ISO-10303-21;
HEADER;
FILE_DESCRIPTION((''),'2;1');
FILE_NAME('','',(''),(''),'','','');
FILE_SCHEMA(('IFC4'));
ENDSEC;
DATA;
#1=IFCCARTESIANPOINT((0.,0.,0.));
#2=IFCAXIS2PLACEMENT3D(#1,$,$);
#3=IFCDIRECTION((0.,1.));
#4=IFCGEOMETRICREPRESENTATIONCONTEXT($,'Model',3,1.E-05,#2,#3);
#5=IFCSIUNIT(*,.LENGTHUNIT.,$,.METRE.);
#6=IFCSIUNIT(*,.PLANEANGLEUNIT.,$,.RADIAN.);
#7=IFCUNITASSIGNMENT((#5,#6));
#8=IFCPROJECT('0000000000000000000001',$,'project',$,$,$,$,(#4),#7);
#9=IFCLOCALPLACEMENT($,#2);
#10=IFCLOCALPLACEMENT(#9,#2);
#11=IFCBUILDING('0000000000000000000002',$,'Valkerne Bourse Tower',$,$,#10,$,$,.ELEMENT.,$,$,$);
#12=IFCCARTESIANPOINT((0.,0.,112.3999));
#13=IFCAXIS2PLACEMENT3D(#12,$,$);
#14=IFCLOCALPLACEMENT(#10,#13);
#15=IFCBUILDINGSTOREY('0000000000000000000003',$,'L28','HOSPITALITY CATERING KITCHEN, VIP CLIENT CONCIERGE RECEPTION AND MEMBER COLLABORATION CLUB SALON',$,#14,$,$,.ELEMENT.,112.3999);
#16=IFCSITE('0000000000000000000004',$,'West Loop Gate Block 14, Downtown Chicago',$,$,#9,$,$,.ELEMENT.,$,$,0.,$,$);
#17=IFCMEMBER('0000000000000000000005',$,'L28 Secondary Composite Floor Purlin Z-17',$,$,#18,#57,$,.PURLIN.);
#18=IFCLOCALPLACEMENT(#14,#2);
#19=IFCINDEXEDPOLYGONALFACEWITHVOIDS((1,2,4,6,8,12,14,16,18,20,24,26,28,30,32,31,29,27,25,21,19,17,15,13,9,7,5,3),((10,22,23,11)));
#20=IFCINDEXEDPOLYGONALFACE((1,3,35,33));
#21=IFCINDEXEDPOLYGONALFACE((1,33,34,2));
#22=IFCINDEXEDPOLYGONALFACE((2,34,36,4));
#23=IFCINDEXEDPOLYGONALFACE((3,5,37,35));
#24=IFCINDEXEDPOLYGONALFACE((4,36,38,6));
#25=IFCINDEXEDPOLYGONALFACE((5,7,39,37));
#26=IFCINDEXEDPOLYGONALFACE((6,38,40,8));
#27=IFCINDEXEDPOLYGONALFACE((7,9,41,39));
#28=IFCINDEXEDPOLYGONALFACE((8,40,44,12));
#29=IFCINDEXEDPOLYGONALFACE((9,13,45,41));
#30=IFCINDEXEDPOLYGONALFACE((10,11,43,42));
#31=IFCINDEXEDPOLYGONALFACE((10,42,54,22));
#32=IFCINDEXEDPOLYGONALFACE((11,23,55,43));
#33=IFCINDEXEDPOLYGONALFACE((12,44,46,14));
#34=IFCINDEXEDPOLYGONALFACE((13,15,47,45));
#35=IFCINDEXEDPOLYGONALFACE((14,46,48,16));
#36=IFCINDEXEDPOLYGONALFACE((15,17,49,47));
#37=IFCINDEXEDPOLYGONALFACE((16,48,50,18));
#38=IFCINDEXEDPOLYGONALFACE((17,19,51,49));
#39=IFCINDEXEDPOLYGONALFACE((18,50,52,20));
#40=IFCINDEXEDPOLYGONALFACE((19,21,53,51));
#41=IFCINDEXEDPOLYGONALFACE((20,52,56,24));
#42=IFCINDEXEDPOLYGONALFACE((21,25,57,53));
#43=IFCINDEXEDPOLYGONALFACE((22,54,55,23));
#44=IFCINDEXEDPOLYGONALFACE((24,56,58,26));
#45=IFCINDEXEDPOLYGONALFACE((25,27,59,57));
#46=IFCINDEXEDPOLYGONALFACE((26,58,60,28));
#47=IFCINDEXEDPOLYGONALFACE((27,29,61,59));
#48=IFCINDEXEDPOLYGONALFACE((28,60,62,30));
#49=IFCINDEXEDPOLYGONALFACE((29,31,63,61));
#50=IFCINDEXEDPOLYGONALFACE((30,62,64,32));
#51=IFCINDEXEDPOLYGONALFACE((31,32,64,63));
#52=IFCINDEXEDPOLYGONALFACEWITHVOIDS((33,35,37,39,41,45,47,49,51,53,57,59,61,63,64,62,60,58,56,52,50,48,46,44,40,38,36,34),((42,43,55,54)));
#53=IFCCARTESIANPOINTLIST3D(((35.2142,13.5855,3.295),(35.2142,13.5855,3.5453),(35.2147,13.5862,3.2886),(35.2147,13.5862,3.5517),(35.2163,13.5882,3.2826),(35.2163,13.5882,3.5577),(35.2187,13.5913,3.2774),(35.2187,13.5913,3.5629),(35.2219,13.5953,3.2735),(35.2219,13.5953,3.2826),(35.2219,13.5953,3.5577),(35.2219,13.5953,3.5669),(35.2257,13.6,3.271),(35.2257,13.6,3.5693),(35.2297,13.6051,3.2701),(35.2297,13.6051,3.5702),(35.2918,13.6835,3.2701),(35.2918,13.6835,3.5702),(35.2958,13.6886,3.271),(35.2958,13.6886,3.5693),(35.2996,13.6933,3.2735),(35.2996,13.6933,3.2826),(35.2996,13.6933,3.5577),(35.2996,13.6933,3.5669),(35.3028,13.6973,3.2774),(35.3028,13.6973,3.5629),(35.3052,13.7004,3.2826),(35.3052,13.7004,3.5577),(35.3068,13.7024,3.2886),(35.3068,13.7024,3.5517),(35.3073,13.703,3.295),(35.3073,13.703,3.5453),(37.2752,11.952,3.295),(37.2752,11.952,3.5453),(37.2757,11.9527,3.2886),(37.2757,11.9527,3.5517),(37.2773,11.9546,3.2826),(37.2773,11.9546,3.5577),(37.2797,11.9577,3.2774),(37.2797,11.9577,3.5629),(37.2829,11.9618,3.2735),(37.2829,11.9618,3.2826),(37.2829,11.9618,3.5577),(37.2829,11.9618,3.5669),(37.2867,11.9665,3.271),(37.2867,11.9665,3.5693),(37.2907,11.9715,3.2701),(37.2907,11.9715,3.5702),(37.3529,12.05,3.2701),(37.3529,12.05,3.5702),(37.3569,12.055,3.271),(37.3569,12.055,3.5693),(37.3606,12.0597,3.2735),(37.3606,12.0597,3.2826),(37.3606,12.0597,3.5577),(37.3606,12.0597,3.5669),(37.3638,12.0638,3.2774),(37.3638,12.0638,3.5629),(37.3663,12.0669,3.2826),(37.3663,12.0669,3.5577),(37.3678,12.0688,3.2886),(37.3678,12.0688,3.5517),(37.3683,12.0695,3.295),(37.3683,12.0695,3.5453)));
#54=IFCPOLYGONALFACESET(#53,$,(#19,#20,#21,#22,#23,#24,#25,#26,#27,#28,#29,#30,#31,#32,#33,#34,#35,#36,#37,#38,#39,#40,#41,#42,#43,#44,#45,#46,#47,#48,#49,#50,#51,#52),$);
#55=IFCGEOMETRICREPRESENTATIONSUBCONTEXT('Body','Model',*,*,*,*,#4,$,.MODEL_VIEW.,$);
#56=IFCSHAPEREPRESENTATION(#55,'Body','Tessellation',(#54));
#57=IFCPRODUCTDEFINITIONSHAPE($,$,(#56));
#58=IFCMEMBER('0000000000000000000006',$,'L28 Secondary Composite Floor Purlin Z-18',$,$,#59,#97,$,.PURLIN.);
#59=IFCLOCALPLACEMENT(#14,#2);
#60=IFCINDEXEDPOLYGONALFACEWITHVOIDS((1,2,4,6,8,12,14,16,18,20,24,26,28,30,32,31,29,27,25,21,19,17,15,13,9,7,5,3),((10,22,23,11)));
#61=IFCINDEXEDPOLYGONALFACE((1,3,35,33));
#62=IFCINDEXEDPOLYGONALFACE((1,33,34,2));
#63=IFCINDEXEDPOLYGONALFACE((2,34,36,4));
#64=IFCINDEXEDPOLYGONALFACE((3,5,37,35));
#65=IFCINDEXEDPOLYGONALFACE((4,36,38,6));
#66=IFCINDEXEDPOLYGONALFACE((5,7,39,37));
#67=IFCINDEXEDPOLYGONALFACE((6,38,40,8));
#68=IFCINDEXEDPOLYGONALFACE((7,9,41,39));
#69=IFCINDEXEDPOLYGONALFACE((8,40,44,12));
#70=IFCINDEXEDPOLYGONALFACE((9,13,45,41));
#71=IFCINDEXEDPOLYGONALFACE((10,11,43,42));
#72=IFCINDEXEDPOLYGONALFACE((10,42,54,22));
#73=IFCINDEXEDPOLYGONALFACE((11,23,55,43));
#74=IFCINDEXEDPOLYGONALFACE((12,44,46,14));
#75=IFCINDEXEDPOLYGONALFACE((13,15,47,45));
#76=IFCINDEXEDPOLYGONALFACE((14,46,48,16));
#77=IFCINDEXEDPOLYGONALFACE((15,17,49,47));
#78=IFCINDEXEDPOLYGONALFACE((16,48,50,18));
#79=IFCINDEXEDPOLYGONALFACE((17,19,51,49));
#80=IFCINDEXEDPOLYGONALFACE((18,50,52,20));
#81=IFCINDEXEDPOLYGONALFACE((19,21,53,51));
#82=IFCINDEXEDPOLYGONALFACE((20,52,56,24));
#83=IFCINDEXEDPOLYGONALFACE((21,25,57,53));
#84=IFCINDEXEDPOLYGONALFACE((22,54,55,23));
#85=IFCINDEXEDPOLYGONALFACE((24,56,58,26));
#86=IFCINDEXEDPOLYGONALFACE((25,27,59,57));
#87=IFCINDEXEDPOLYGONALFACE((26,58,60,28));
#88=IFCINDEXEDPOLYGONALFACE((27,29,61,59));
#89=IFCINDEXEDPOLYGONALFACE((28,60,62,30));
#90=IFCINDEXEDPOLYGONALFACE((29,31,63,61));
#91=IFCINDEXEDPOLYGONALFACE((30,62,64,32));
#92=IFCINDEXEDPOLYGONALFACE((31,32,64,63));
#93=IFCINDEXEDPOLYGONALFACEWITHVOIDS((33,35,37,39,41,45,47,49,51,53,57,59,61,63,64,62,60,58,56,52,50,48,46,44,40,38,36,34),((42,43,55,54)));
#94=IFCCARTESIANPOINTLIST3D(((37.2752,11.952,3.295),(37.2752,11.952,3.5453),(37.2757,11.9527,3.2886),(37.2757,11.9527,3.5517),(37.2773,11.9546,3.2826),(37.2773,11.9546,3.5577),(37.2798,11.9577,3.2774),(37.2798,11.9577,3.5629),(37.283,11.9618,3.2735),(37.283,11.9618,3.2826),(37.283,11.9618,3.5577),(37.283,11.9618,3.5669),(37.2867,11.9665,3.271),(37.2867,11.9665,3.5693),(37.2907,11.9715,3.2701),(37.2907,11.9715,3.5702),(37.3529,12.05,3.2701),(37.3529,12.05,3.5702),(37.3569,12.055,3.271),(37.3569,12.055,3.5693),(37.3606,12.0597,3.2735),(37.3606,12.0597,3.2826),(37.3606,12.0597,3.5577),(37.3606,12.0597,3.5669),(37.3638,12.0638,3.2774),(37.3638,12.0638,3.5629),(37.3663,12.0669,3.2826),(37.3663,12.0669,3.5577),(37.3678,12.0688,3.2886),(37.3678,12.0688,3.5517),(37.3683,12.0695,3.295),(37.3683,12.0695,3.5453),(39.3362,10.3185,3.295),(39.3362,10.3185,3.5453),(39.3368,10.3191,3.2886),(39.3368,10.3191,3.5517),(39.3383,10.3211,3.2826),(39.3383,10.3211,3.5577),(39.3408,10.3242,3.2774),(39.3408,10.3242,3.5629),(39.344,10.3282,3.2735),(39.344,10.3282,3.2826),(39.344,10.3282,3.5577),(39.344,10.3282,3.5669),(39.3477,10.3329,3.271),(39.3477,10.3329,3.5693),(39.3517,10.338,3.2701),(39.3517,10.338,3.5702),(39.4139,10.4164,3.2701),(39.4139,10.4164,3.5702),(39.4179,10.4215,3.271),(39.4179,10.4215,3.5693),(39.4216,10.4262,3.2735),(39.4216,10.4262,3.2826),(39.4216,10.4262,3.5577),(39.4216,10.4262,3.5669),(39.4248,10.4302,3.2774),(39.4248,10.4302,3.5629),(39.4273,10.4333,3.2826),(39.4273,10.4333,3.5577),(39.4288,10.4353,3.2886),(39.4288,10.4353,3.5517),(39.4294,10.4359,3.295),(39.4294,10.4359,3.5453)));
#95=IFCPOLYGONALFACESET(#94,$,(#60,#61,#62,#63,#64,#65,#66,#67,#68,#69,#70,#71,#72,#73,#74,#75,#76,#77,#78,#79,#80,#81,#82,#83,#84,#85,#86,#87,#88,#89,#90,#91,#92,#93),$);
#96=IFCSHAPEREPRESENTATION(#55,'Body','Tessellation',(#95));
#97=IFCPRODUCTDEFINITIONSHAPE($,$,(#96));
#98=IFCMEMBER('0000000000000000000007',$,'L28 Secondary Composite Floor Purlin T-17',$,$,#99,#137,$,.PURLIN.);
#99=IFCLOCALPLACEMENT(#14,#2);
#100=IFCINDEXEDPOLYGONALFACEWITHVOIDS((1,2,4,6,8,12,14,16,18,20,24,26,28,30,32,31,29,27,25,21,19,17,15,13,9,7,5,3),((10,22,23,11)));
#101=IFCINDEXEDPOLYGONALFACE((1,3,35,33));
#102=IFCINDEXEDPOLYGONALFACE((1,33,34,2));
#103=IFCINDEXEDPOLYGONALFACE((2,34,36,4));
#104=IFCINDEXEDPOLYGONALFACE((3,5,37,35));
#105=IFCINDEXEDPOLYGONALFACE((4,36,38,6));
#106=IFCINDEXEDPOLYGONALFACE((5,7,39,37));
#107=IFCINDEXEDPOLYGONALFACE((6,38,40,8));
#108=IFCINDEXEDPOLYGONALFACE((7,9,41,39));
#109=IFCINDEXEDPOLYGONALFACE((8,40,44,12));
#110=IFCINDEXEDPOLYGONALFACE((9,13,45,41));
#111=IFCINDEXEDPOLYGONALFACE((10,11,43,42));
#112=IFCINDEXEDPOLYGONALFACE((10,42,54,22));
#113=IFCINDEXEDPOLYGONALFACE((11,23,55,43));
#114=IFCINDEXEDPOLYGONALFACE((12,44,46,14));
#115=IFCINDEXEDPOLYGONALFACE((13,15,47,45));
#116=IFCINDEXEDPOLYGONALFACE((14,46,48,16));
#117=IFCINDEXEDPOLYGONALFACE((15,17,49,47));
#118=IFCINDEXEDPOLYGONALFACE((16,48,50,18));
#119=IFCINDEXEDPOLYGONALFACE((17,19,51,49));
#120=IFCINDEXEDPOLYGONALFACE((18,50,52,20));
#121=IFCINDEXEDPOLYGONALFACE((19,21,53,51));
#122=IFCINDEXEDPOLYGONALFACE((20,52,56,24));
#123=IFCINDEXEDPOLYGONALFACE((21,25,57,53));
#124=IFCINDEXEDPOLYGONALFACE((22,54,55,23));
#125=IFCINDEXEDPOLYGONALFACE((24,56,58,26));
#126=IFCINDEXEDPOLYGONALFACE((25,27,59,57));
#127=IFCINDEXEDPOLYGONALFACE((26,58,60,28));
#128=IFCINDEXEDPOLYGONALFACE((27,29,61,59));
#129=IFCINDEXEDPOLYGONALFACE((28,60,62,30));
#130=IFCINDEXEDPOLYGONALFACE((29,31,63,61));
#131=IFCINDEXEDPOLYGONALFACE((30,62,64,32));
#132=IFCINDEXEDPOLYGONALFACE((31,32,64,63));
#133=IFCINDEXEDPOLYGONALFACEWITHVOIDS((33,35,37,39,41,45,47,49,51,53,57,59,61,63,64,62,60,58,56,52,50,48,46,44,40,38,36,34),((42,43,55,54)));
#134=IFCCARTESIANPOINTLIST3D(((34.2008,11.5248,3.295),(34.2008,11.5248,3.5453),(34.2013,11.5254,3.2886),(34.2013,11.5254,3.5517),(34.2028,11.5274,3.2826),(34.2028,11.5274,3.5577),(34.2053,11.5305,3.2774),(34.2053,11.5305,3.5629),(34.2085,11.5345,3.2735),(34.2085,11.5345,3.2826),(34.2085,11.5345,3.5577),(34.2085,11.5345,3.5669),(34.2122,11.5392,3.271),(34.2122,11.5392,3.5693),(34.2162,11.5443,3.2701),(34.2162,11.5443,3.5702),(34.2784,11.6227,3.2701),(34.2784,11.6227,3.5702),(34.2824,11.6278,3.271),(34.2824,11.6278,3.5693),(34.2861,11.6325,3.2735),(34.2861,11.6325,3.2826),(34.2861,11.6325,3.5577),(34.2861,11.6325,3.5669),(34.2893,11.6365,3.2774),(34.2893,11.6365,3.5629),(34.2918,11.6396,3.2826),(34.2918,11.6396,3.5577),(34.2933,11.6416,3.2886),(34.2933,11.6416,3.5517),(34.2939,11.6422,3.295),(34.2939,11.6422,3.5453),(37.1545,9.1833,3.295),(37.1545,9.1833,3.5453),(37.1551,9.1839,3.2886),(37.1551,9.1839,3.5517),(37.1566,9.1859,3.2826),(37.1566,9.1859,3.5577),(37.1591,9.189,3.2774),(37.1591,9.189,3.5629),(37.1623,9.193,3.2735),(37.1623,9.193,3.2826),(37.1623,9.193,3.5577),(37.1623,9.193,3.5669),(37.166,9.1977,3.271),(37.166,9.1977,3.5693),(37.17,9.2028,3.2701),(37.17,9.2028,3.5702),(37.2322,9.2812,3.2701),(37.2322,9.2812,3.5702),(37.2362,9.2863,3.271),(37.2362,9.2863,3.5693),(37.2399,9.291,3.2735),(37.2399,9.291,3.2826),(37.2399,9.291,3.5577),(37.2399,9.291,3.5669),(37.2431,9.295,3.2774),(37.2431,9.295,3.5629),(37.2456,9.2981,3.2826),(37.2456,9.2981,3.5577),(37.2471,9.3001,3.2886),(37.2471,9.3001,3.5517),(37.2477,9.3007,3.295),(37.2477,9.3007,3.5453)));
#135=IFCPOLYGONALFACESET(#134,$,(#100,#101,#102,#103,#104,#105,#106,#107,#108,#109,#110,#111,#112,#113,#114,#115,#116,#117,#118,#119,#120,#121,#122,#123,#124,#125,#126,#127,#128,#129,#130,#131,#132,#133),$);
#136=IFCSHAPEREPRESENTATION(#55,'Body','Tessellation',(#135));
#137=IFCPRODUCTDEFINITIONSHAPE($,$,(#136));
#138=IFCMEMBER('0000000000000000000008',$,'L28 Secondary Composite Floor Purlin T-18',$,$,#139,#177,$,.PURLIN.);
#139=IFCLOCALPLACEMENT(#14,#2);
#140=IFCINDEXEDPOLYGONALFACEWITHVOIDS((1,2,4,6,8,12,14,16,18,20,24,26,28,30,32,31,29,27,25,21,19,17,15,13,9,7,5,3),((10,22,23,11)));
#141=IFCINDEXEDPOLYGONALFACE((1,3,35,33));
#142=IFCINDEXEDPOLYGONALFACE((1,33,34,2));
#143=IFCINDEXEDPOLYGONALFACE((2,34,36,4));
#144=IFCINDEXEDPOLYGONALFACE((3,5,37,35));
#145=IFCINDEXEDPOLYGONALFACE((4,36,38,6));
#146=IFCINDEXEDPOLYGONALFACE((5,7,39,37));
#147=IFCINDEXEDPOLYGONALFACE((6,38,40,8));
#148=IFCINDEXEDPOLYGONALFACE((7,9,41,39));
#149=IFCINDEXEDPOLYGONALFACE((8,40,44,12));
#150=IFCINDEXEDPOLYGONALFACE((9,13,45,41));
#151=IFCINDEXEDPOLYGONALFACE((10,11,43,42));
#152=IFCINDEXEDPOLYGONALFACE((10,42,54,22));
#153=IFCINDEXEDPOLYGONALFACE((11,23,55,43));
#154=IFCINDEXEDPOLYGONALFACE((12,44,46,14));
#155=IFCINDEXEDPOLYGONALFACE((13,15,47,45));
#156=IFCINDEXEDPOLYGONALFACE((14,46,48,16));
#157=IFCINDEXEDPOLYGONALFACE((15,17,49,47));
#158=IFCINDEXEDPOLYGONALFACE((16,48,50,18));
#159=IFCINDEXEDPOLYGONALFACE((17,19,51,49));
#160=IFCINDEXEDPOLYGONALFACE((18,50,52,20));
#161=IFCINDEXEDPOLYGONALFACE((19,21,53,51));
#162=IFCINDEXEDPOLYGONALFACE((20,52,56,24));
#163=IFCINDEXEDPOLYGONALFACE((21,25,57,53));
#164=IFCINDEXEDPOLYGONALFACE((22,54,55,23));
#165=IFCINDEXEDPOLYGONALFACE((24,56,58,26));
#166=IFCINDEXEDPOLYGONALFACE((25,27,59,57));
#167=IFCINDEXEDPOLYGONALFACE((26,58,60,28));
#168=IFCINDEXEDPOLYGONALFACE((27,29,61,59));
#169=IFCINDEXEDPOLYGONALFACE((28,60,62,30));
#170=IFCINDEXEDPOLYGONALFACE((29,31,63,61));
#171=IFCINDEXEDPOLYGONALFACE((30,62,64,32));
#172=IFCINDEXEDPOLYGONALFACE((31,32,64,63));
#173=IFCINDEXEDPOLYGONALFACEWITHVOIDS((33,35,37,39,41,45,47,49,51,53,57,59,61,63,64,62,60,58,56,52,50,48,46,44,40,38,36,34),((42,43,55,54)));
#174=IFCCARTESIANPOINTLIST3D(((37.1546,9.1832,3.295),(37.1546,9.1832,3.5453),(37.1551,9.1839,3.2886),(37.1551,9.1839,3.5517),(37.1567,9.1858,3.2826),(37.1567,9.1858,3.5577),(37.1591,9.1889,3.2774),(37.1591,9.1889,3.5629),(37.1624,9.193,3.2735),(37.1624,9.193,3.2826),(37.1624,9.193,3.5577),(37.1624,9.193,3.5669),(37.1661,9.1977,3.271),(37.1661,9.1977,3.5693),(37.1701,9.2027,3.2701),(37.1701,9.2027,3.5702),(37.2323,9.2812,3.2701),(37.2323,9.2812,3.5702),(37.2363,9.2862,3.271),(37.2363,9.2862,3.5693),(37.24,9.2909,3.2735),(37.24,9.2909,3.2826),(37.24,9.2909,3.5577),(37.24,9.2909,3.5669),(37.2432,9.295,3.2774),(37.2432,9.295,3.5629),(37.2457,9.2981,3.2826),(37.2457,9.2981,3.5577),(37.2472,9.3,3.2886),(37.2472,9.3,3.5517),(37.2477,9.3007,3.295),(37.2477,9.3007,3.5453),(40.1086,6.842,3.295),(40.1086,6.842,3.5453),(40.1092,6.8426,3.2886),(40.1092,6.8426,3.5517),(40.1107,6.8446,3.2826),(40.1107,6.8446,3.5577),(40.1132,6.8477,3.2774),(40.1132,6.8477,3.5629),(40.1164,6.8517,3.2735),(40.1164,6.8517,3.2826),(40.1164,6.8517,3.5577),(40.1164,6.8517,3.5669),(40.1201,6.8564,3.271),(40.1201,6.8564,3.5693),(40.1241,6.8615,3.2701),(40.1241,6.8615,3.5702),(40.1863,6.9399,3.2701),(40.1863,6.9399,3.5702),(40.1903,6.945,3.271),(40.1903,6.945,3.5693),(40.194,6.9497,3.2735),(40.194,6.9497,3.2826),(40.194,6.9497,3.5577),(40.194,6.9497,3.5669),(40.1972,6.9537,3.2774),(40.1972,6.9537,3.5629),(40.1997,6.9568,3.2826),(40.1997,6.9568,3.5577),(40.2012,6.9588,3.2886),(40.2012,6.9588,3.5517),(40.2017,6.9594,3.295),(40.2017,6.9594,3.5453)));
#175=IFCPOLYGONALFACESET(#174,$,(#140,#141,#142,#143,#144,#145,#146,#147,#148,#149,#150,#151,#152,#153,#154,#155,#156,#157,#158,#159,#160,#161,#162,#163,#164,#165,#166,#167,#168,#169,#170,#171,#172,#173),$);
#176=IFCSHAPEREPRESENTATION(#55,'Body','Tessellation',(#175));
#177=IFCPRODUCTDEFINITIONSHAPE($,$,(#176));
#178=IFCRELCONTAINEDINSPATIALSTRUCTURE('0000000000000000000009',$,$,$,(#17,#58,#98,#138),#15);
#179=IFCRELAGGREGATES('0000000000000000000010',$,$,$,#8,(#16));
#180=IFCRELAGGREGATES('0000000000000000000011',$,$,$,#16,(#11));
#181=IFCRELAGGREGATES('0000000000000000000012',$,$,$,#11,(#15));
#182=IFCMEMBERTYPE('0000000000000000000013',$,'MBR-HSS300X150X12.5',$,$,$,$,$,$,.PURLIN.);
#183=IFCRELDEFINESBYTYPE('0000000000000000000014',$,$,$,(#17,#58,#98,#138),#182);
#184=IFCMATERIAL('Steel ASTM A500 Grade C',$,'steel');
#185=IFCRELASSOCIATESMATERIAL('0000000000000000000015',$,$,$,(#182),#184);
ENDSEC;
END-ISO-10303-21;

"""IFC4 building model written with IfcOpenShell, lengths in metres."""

from ifc_helpers import new_model, si_unit, direction, frame, origin, origin_2d, place, context, subcontext, project, spatial, hollow_rectangle, extrude, material, material_profile, profile_set, type_object, element, save


model = new_model("IFC4")

# Units and contexts
model_context = context("Model", 3, precision=1e-05, world=origin(), true_north=direction((0.0, 1.0)))
body_context = subcontext(model_context, "Body", "Model", "MODEL_VIEW")
ifc_project = project(units=[si_unit("LENGTHUNIT", "METRE"), si_unit("PLANEANGLEUNIT", "RADIAN")], contexts=[model_context])

# Site, building, storey
site_placement = place(None, origin())
site = spatial("IfcSite", under=ifc_project, at=site_placement, Name="West Loop Gate Block 14, Downtown Chicago", CompositionType="ELEMENT", RefElevation=0.0)
building_placement = place(site_placement, origin())
building = spatial("IfcBuilding", under=site, at=building_placement, Name="Valkerne Bourse Tower", CompositionType="ELEMENT")
storey_placement = place(building_placement, frame((0.0, 0.0, 112.3999)))
storey = spatial("IfcBuildingStorey", under=building, at=storey_placement, Name="L28", Description="HOSPITALITY CATERING KITCHEN, VIP CLIENT CONCIERGE RECEPTION AND MEMBER COLLABORATION CLUB SALON", CompositionType="ELEMENT", Elevation=112.3999)

# Members
ifc_material_1 = material(Name="Steel ASTM A500 Grade C", Category="steel")
ifc_material_profile_1 = material_profile(ifc_material_1, hollow_rectangle(XDim=0.1499, YDim=0.3, WallThickness=0.0125, OuterFilletRadius=0.0249, at=origin_2d()), Name="HSS300X150X12.5")
ifc_profile_set_1 = profile_set([ifc_material_profile_1], Name="Steel ASTM A500 Grade C")
member_type_1 = type_object("IfcMemberType", Name="MBR-HSS300X150X12.5", PredefinedType="PURLIN", material=ifc_profile_set_1)
for number, where, z_axis, x_axis, name in (
    (1, (35.2607, 13.6443, 3.4202), (0.783696, -0.621145, 0.0), (0.621145, 0.783696, 0.0), "L28 Secondary Composite Floor Purlin Z-17"),
    (2, (37.3218, 12.0107, 3.4202), (0.783696, -0.621145, 0.0), (0.621145, 0.783696, 0.0), "L28 Secondary Composite Floor Purlin Z-18"),
):
    element("IfcMember", number, at=place(storey_placement, frame(where, z_axis=z_axis, x_axis=x_axis)), inside=storey, type_object=member_type_1, Name=name, PredefinedType="PURLIN", context=body_context, shape_type="SweptSolid", body=[
        extrude(hollow_rectangle(XDim=0.1499, YDim=0.3, WallThickness=0.0125, OuterFilletRadius=0.0249, at=origin_2d()), origin(), (0.0, 0.0, 1.0), 2.6299),
    ])
for number, where, z_axis, x_axis, name in (
    (3, (34.2473, 11.5835, 3.4202), (0.783648, -0.621205, 0.0), (0.621205, 0.783648, 0.0), "L28 Secondary Composite Floor Purlin T-17"),
    (4, (37.2012, 9.2419, 3.4202), (0.783704, -0.621134, 0.0), (0.621134, 0.783704, 0.0), "L28 Secondary Composite Floor Purlin T-18"),
):
    element("IfcMember", number, at=place(storey_placement, frame(where, z_axis=z_axis, x_axis=x_axis)), inside=storey, type_object=member_type_1, Name=name, PredefinedType="PURLIN", context=body_context, shape_type="SweptSolid", body=[
        extrude(hollow_rectangle(XDim=0.1499, YDim=0.3, WallThickness=0.0125, OuterFilletRadius=0.0249, at=origin_2d()), origin(), (0.0, 0.0, 1.0), 3.7693),
    ])

save(model, "model.ifc")
